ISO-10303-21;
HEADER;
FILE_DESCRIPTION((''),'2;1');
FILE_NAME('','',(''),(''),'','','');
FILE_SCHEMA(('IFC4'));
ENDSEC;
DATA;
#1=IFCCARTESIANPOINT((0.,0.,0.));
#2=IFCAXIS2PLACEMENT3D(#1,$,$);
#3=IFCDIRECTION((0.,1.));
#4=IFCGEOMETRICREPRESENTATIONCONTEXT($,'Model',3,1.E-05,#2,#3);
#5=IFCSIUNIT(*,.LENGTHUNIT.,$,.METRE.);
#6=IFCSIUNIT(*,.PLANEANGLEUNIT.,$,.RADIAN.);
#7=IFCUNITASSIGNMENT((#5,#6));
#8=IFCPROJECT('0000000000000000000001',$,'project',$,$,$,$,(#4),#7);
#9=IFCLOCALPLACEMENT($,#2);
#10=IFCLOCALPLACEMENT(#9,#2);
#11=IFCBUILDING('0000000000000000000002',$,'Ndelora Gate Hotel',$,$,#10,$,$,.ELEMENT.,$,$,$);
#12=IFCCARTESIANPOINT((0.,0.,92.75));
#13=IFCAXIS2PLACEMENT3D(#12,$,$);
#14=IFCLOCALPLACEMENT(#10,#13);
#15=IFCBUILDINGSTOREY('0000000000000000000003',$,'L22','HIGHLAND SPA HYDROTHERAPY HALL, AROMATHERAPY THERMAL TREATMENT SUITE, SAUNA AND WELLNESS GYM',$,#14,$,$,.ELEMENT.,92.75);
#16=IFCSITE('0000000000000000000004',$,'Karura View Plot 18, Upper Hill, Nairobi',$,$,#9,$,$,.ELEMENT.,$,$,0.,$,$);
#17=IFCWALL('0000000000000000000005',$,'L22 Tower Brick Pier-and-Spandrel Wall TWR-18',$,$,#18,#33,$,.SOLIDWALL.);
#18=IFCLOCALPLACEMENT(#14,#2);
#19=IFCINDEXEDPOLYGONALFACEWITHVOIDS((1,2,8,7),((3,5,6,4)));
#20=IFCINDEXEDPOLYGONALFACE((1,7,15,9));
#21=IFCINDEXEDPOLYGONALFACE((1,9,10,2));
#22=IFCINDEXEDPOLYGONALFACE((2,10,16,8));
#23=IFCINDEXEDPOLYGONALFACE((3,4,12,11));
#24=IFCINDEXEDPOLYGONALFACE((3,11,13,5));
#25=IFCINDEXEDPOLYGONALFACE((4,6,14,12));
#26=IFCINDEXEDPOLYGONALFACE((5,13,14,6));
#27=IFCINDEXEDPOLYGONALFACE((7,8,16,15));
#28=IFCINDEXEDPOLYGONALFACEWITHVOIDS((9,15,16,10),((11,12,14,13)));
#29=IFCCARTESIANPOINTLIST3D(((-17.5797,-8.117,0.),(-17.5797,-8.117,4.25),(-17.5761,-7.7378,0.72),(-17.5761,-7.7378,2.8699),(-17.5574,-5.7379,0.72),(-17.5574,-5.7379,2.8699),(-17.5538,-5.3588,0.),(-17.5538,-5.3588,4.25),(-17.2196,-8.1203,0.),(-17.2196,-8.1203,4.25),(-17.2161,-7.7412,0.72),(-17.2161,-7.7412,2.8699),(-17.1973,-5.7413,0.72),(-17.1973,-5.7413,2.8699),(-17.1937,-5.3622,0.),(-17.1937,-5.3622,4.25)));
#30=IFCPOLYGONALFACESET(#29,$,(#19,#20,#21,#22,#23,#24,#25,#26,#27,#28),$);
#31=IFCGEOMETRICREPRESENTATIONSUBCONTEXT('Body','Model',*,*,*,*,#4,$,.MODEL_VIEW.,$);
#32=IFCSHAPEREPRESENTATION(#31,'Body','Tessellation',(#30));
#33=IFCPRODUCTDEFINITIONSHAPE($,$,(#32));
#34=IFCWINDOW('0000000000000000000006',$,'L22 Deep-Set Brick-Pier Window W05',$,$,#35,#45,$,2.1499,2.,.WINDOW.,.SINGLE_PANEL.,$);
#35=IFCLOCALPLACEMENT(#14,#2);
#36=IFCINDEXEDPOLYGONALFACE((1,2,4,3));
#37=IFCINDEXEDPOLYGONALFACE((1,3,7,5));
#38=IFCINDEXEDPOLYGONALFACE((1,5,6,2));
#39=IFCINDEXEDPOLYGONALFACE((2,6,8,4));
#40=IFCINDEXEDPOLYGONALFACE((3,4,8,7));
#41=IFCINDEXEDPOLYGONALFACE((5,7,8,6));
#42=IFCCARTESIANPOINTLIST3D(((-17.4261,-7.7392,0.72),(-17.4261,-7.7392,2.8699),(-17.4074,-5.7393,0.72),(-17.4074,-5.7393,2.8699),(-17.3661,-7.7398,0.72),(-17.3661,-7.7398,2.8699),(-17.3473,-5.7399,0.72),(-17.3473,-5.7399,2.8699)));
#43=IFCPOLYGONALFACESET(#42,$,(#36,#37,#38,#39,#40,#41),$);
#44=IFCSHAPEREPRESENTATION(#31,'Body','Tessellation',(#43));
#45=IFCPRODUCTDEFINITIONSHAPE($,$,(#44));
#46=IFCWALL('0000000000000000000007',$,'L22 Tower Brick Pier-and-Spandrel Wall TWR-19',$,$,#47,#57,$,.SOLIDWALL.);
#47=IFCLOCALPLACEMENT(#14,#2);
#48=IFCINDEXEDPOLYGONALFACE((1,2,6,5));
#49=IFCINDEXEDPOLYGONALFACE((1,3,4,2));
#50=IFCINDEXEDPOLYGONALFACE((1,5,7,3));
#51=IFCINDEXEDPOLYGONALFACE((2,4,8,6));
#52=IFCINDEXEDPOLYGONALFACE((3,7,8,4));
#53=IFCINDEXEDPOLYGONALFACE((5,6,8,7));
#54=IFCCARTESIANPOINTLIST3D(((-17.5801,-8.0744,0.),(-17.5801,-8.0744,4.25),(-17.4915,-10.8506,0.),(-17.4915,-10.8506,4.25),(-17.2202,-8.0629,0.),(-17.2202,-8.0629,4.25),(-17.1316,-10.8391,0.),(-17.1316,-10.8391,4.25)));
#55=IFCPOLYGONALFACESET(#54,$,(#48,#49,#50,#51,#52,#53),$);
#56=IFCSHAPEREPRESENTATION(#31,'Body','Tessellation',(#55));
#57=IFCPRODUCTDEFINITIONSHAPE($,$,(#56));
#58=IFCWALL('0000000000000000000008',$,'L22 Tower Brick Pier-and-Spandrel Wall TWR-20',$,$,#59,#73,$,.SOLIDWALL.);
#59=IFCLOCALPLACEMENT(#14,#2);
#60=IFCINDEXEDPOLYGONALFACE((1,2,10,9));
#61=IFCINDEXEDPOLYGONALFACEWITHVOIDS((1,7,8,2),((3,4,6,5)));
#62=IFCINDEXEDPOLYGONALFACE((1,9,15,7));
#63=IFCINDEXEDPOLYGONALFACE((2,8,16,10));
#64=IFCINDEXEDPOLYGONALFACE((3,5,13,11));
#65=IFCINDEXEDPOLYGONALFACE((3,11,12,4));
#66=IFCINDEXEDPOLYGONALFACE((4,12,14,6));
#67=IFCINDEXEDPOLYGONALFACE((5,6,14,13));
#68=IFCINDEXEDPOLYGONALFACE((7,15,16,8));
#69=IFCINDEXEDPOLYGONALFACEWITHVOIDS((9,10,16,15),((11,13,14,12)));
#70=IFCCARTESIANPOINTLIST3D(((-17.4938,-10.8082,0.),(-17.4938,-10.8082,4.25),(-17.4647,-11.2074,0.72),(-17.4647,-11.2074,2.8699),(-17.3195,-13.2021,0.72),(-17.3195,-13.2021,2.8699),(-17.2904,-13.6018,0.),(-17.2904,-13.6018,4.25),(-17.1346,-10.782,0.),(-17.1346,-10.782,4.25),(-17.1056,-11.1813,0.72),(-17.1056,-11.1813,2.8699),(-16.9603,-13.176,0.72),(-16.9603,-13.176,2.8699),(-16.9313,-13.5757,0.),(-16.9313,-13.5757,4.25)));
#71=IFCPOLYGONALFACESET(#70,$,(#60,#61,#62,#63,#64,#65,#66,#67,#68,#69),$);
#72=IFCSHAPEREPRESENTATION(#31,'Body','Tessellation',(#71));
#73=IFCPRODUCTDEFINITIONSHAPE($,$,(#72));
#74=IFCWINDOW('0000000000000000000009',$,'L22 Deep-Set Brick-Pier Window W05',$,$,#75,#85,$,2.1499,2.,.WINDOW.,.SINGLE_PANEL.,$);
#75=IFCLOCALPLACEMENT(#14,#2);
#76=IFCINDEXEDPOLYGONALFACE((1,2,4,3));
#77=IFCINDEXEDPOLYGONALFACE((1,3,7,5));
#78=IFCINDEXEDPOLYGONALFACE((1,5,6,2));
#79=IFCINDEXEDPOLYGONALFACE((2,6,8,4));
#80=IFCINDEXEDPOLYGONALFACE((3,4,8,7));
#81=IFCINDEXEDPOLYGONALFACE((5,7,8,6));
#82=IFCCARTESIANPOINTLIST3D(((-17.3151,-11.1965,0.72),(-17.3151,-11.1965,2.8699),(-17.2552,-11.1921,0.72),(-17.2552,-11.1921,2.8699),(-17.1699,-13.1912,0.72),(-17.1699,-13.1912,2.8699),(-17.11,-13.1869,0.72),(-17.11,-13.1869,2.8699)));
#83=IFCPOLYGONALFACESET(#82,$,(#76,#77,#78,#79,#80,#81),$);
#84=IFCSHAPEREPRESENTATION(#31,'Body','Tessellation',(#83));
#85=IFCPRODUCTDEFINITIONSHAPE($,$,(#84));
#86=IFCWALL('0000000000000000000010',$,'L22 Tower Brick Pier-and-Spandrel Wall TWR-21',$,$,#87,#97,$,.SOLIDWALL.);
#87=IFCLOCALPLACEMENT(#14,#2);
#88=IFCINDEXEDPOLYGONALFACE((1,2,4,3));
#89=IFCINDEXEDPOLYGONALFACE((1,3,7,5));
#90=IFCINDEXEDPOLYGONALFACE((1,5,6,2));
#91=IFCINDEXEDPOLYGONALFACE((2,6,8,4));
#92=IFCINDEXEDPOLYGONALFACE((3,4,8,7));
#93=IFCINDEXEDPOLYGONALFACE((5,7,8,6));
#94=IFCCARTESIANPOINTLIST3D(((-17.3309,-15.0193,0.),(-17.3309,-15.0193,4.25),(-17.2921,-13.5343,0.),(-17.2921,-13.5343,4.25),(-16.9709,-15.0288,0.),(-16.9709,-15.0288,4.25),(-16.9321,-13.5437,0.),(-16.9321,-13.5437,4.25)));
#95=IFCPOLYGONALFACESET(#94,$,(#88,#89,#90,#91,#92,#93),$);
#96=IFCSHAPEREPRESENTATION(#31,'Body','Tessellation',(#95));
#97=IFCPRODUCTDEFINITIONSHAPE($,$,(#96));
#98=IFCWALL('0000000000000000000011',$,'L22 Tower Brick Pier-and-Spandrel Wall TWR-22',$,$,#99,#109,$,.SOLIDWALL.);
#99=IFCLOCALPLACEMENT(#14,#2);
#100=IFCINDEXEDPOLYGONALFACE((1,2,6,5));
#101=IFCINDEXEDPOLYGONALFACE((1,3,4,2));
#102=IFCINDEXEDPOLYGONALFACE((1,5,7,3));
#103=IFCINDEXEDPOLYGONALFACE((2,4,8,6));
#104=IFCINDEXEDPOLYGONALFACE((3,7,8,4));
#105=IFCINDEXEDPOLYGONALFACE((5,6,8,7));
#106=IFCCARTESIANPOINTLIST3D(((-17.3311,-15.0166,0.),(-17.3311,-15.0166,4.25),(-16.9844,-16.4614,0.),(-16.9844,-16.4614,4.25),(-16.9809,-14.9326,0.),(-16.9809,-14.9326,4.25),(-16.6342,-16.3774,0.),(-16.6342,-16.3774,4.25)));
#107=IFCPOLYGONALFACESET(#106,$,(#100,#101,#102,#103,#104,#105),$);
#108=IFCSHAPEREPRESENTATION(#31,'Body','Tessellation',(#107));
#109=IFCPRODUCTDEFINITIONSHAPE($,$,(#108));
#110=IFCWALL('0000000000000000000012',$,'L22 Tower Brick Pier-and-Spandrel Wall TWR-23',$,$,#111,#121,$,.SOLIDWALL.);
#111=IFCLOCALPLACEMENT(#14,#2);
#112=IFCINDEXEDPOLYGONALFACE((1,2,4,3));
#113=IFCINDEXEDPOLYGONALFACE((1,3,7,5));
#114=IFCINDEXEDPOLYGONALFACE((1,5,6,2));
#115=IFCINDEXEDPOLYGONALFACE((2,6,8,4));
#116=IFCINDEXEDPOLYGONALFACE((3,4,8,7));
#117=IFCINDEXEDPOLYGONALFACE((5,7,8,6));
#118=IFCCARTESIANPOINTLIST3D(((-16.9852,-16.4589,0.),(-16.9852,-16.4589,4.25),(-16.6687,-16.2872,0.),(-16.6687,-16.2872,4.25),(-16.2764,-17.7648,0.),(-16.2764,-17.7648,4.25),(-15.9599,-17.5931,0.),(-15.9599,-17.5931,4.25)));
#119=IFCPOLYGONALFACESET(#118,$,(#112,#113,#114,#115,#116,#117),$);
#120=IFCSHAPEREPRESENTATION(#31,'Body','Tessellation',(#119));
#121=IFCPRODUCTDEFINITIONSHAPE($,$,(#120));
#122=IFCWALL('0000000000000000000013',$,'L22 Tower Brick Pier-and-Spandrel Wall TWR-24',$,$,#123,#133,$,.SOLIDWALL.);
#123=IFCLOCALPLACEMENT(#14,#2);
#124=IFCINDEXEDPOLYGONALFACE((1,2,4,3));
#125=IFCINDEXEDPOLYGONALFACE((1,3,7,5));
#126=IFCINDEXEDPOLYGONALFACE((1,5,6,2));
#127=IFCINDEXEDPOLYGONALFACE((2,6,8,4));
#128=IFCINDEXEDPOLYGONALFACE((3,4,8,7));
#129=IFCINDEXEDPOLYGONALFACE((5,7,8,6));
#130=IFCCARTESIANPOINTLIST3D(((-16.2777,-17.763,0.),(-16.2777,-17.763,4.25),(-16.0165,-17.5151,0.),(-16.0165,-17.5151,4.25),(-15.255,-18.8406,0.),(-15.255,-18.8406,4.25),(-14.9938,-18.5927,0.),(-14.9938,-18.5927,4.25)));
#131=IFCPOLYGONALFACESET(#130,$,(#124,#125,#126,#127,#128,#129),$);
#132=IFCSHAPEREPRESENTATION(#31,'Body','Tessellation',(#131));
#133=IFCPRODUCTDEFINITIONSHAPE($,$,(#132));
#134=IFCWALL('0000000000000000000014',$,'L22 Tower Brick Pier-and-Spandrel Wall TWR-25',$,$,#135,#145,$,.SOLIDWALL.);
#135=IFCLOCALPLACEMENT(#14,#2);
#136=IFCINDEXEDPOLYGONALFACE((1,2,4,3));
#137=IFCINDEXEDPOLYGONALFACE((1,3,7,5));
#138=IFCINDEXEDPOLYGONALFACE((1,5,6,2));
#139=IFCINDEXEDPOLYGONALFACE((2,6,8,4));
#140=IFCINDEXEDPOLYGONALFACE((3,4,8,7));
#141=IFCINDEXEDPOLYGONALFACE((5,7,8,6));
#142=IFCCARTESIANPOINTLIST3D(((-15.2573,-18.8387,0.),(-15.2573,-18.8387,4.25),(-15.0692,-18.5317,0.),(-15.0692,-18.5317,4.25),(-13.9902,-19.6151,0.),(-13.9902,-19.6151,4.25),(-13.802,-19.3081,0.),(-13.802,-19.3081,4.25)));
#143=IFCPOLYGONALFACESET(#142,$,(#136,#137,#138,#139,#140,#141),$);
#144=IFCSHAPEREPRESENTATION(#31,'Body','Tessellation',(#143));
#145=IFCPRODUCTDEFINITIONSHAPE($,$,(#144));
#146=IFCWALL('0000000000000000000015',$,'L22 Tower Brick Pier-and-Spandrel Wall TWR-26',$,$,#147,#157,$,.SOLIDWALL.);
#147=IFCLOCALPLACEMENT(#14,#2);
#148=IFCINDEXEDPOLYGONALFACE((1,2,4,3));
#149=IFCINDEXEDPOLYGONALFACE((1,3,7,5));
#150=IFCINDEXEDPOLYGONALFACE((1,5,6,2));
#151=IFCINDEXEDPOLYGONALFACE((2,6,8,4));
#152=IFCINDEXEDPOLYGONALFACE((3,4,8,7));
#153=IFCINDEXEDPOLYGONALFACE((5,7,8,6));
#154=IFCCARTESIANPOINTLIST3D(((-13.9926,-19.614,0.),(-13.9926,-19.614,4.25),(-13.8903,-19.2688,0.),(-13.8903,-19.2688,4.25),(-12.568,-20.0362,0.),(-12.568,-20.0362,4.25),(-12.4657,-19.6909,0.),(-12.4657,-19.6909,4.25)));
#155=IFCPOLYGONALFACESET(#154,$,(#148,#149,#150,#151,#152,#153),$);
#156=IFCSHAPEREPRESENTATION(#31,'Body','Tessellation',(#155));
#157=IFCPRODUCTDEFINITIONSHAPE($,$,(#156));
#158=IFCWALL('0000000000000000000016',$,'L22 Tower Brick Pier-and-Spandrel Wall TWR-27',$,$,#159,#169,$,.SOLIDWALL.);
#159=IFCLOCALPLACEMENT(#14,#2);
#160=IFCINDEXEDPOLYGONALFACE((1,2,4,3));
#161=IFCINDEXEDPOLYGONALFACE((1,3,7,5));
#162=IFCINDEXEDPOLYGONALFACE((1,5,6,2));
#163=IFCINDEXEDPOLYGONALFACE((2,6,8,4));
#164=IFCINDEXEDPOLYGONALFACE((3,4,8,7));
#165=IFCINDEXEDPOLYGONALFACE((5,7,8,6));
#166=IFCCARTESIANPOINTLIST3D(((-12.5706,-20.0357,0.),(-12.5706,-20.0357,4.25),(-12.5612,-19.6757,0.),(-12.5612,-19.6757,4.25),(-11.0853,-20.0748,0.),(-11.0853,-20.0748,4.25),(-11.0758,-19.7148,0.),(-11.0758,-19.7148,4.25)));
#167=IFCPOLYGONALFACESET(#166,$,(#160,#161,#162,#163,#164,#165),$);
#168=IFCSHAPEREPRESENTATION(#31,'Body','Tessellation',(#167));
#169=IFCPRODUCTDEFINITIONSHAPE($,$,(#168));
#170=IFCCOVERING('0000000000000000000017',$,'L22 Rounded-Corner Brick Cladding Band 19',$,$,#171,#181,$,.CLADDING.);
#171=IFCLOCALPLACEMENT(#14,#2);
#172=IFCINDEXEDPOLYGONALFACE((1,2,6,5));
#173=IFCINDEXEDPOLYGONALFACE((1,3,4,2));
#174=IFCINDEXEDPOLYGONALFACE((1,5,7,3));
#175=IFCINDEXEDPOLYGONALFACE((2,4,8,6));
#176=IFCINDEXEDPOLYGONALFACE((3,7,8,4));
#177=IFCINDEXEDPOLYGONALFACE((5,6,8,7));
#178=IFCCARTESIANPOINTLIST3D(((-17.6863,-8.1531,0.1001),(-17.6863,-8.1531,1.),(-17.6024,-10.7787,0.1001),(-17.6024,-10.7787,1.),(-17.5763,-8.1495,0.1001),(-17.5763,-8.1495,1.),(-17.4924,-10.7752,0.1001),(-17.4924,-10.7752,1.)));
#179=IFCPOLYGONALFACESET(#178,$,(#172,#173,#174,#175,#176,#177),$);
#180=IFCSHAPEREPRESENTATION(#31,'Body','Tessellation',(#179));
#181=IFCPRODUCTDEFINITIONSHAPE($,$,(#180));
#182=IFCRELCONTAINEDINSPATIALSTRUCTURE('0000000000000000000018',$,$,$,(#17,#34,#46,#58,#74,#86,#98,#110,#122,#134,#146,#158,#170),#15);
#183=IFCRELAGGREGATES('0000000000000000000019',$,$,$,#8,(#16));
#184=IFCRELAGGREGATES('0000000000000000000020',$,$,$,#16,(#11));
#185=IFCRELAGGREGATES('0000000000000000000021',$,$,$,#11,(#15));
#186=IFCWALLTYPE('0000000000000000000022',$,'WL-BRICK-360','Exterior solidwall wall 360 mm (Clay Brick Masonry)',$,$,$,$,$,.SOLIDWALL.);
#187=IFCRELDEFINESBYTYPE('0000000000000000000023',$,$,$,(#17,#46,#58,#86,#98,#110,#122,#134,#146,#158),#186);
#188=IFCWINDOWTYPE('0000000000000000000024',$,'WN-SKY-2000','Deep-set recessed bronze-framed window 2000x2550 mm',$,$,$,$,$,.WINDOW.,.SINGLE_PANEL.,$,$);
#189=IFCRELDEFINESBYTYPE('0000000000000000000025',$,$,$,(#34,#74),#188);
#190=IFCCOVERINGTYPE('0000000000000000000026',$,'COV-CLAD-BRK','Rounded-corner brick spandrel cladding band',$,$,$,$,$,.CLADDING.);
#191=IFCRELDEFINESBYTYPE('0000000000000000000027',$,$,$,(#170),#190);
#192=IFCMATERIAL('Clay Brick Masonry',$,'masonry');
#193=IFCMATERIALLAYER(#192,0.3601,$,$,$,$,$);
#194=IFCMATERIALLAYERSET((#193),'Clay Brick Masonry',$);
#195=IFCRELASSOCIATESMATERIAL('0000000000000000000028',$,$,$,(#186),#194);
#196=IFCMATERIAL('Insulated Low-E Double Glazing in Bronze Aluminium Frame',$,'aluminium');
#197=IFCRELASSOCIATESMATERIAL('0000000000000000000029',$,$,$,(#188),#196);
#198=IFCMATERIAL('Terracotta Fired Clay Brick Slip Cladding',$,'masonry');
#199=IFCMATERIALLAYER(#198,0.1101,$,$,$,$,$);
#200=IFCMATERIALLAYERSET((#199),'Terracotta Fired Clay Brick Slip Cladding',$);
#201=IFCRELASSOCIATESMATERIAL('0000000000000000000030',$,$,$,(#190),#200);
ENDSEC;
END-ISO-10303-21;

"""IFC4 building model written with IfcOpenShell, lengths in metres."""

from ifc_helpers import new_model, si_unit, direction, frame, frame_2d, origin, origin_2d, place, context, subcontext, project, spatial, rectangle, extrude, material, layer, layer_set, type_object, element, fill, save


model = new_model("IFC4")

# Units and contexts
model_context = context("Model", 3, precision=1e-05, world=origin(), true_north=direction((0.0, 1.0)))
body_context = subcontext(model_context, "Body", "Model", "MODEL_VIEW")
ifc_project = project(units=[si_unit("LENGTHUNIT", "METRE"), si_unit("PLANEANGLEUNIT", "RADIAN")], contexts=[model_context])

# Site, building, storey
site_placement = place(None, origin())
site = spatial("IfcSite", under=ifc_project, at=site_placement, Name="Karura View Plot 18, Upper Hill, Nairobi", CompositionType="ELEMENT", RefElevation=0.0)
building_placement = place(site_placement, origin())
building = spatial("IfcBuilding", under=site, at=building_placement, Name="Ndelora Gate Hotel", CompositionType="ELEMENT")
storey_placement = place(building_placement, frame((0.0, 0.0, 92.75)))
storey = spatial("IfcBuildingStorey", under=building, at=storey_placement, Name="L22", Description="HIGHLAND SPA HYDROTHERAPY HALL, AROMATHERAPY THERMAL TREATMENT SUITE, SAUNA AND WELLNESS GYM", CompositionType="ELEMENT", Elevation=92.75)

# Wall, opening, window
ifc_material_1 = material(Name="Clay Brick Masonry", Category="masonry")
ifc_layer_1 = layer(ifc_material_1, 0.3601)
ifc_layer_set_1 = layer_set([ifc_layer_1], Name="Clay Brick Masonry")
wall_type = type_object("IfcWallType", Name="WL-BRICK-360", Description="Exterior solidwall wall 360 mm (Clay Brick Masonry)", PredefinedType="SOLIDWALL", material=ifc_layer_set_1)
wall_1_placement = place(storey_placement, frame((-17.3997, -8.1187, 0.0), z_axis=(0.0, 0.0, 1.0), x_axis=(0.009382, 0.999956, 0.0)))
wall_1 = element("IfcWall", 1, at=wall_1_placement, inside=storey, type_object=wall_type, Name="L22 Tower Brick Pier-and-Spandrel Wall TWR-18", PredefinedType="SOLIDWALL", context=body_context, shape_type="SweptSolid", body=[
    extrude(rectangle(XDim=2.7583, YDim=0.3601, at=frame_2d((1.3792, 0.0))), origin(), (0.0, 0.0, 1.0), 4.25),
])
opening_1_placement = place(wall_1_placement, frame((0.3792, 0.0, 0.72)))
opening_1 = element("IfcOpeningElement", 2, at=opening_1_placement, cuts=wall_1, PredefinedType="OPENING", context=body_context, shape_type="SweptSolid", body=[
    extrude(rectangle(XDim=2.0, YDim=2.1499, at=frame_2d((1.0, 1.075))), frame((0.0, 0.1899, 0.0), z_axis=(0.0, -1.0, 0.0), x_axis=(1.0, 0.0, 0.0)), (0.0, 0.0, 1.0), 0.3801),
])
ifc_material_2 = material(Name="Insulated Low-E Double Glazing in Bronze Aluminium Frame", Category="aluminium")
window_type = type_object("IfcWindowType", Name="WN-SKY-2000", Description="Deep-set recessed bronze-framed window 2000x2550 mm", PartitioningType="SINGLE_PANEL", PredefinedType="WINDOW", material=ifc_material_2)
window_1_placement = place(opening_1_placement, origin())
window_1 = element("IfcWindow", 3, at=window_1_placement, inside=storey, type_object=window_type, Name="L22 Deep-Set Brick-Pier Window W05", OverallHeight=2.1499, OverallWidth=2.0, PartitioningType="SINGLE_PANEL", PredefinedType="WINDOW", context=body_context, shape_type="SweptSolid", body=[
    extrude(rectangle(XDim=2.0, YDim=2.1499, at=frame_2d((1.0, 1.075))), frame((0.0, 0.03, 0.0), z_axis=(0.0, -1.0, 0.0), x_axis=(1.0, 0.0, 0.0)), (0.0, 0.0, 1.0), 0.0601),
])
fill(opening_1, window_1)

# Wall
wall_2_placement = place(storey_placement, frame((-17.3115, -10.8447, 0.0), z_axis=(0.0, 0.0, 1.0), x_axis=(-0.031907, 0.999491, 0.0)))
element("IfcWall", 4, at=wall_2_placement, inside=storey, type_object=wall_type, Name="L22 Tower Brick Pier-and-Spandrel Wall TWR-19", PredefinedType="SOLIDWALL", context=body_context, shape_type="SweptSolid", body=[
    extrude(rectangle(XDim=2.7776, YDim=0.3601, at=frame_2d((1.3887, 0.0))), origin(), (0.0, 0.0, 1.0), 4.25),
])

# Wall, opening, window
wall_3_placement = place(storey_placement, frame((-17.1108, -13.5886, 0.0), z_axis=(0.0, 0.0, 1.0), x_axis=(-0.072603, 0.997361, 0.0)))
wall_3 = element("IfcWall", 5, at=wall_3_placement, inside=storey, type_object=wall_type, Name="L22 Tower Brick Pier-and-Spandrel Wall TWR-20", PredefinedType="SOLIDWALL", context=body_context, shape_type="SweptSolid", body=[
    extrude(rectangle(XDim=2.801, YDim=0.3601, at=frame_2d((1.4004, 0.0))), origin(), (0.0, 0.0, 1.0), 4.25),
])
opening_2_placement = place(wall_3_placement, frame((0.4006, 0.0, 0.72)))
opening_2 = element("IfcOpeningElement", 6, at=opening_2_placement, cuts=wall_3, PredefinedType="OPENING", context=body_context, shape_type="SweptSolid", body=[
    extrude(rectangle(XDim=2.0, YDim=2.1499, at=frame_2d((1.0, 1.075))), frame((0.0, 0.1899, 0.0), z_axis=(0.0, -1.0, 0.0), x_axis=(1.0, 0.0, 0.0)), (0.0, 0.0, 1.0), 0.3801),
])
window_2_placement = place(opening_2_placement, origin())
window_2 = element("IfcWindow", 7, at=window_2_placement, inside=storey, type_object=window_type, Name="L22 Deep-Set Brick-Pier Window W05", OverallHeight=2.1499, OverallWidth=2.0, PartitioningType="SINGLE_PANEL", PredefinedType="WINDOW", context=body_context, shape_type="SweptSolid", body=[
    extrude(rectangle(XDim=2.0, YDim=2.1499, at=frame_2d((1.0, 1.075))), frame((0.0, 0.03, 0.0), z_axis=(0.0, -1.0, 0.0), x_axis=(1.0, 0.0, 0.0)), (0.0, 0.0, 1.0), 0.0601),
])
fill(opening_2, window_2)

# Walls
wall_4_placement = place(storey_placement, frame((-17.1509, -15.0239, 0.0), z_axis=(0.0, 0.0, 1.0), x_axis=(0.026129, 0.999659, 0.0)))
element("IfcWall", 8, at=wall_4_placement, inside=storey, type_object=wall_type, Name="L22 Tower Brick Pier-and-Spandrel Wall TWR-21", PredefinedType="SOLIDWALL", context=body_context, shape_type="SweptSolid", body=[
    extrude(rectangle(XDim=1.4856, YDim=0.3601, at=frame_2d((0.7427, 0.0))), origin(), (0.0, 0.0, 1.0), 4.25),
])
for number, where, z_axis, x_axis, name in (
    (9, (-16.8093, -16.4194, 0.0), (0.0, 0.0, 1.0), (-0.233323, 0.972399, 0.0), "L22 Tower Brick Pier-and-Spandrel Wall TWR-22"),
    (10, (-16.1182, -17.679, 0.0), (0.0, 0.0, 1.0), (-0.476998, 0.878905, 0.0), "L22 Tower Brick Pier-and-Spandrel Wall TWR-23"),
):
    element("IfcWall", number, at=place(storey_placement, frame(where, z_axis=z_axis, x_axis=x_axis)), inside=storey, type_object=wall_type, Name=name, PredefinedType="SOLIDWALL", context=body_context, shape_type="SweptSolid", body=[
        extrude(rectangle(XDim=1.4858, YDim=0.3601, at=frame_2d((0.7429, 0.0))), origin(), (0.0, 0.0, 1.0), 4.25),
    ])
wall_5_placement = place(storey_placement, frame((-15.1245, -18.7166, 0.0), z_axis=(0.0, 0.0, 1.0), x_axis=(-0.688378, 0.725352, 0.0)))
element("IfcWall", 11, at=wall_5_placement, inside=storey, type_object=wall_type, Name="L22 Tower Brick Pier-and-Spandrel Wall TWR-24", PredefinedType="SOLIDWALL", context=body_context, shape_type="SweptSolid", body=[
    extrude(rectangle(XDim=1.4856, YDim=0.3601, at=frame_2d((0.7427, 0.0))), origin(), (0.0, 0.0, 1.0), 4.25),
])
wall_6_placement = place(storey_placement, frame((-13.896, -19.4617, 0.0), z_axis=(0.0, 0.0, 1.0), x_axis=(-0.852672, 0.522446, 0.0)))
element("IfcWall", 12, at=wall_6_placement, inside=storey, type_object=wall_type, Name="L22 Tower Brick Pier-and-Spandrel Wall TWR-25", PredefinedType="SOLIDWALL", context=body_context, shape_type="SweptSolid", body=[
    extrude(rectangle(XDim=1.4861, YDim=0.3601, at=frame_2d((0.7432, 0.0))), origin(), (0.0, 0.0, 1.0), 4.25),
])
for number, where, z_axis, x_axis, name in (
    (13, (-12.5168, -19.8635, 0.0), (0.0, 0.0, 1.0), (-0.958793, 0.284105, 0.0), "L22 Tower Brick Pier-and-Spandrel Wall TWR-26"),
    (14, (-11.0806, -19.8948, 0.0), (0.0, 0.0, 1.0), (-0.999654, 0.026289, 0.0), "L22 Tower Brick Pier-and-Spandrel Wall TWR-27"),
):
    element("IfcWall", number, at=place(storey_placement, frame(where, z_axis=z_axis, x_axis=x_axis)), inside=storey, type_object=wall_type, Name=name, PredefinedType="SOLIDWALL", context=body_context, shape_type="SweptSolid", body=[
        extrude(rectangle(XDim=1.4858, YDim=0.3601, at=frame_2d((0.7429, 0.0))), origin(), (0.0, 0.0, 1.0), 4.25),
    ])

# Covering
ifc_material_3 = material(Name="Terracotta Fired Clay Brick Slip Cladding", Category="masonry")
ifc_layer_2 = layer(ifc_material_3, 0.1101)
ifc_layer_set_2 = layer_set([ifc_layer_2], Name="Terracotta Fired Clay Brick Slip Cladding")
covering_type_1 = type_object("IfcCoveringType", Name="COV-CLAD-BRK", Description="Rounded-corner brick spandrel cladding band", PredefinedType="CLADDING", material=ifc_layer_set_2)
covering_1_placement = place(storey_placement, frame((-17.5894, -9.4641, 0.1001), z_axis=(0.0, 0.0, 1.0), x_axis=(-0.031934, 0.99949, 0.0)))
element("IfcCovering", 15, at=covering_1_placement, inside=storey, type_object=covering_type_1, Name="L22 Rounded-Corner Brick Cladding Band 19", PredefinedType="CLADDING", context=body_context, shape_type="SweptSolid", body=[
    extrude(rectangle(XDim=2.627, YDim=0.1101, at=origin_2d()), origin(), (0.0, 0.0, 1.0), 0.8999),
])

save(model, "model.ifc")
